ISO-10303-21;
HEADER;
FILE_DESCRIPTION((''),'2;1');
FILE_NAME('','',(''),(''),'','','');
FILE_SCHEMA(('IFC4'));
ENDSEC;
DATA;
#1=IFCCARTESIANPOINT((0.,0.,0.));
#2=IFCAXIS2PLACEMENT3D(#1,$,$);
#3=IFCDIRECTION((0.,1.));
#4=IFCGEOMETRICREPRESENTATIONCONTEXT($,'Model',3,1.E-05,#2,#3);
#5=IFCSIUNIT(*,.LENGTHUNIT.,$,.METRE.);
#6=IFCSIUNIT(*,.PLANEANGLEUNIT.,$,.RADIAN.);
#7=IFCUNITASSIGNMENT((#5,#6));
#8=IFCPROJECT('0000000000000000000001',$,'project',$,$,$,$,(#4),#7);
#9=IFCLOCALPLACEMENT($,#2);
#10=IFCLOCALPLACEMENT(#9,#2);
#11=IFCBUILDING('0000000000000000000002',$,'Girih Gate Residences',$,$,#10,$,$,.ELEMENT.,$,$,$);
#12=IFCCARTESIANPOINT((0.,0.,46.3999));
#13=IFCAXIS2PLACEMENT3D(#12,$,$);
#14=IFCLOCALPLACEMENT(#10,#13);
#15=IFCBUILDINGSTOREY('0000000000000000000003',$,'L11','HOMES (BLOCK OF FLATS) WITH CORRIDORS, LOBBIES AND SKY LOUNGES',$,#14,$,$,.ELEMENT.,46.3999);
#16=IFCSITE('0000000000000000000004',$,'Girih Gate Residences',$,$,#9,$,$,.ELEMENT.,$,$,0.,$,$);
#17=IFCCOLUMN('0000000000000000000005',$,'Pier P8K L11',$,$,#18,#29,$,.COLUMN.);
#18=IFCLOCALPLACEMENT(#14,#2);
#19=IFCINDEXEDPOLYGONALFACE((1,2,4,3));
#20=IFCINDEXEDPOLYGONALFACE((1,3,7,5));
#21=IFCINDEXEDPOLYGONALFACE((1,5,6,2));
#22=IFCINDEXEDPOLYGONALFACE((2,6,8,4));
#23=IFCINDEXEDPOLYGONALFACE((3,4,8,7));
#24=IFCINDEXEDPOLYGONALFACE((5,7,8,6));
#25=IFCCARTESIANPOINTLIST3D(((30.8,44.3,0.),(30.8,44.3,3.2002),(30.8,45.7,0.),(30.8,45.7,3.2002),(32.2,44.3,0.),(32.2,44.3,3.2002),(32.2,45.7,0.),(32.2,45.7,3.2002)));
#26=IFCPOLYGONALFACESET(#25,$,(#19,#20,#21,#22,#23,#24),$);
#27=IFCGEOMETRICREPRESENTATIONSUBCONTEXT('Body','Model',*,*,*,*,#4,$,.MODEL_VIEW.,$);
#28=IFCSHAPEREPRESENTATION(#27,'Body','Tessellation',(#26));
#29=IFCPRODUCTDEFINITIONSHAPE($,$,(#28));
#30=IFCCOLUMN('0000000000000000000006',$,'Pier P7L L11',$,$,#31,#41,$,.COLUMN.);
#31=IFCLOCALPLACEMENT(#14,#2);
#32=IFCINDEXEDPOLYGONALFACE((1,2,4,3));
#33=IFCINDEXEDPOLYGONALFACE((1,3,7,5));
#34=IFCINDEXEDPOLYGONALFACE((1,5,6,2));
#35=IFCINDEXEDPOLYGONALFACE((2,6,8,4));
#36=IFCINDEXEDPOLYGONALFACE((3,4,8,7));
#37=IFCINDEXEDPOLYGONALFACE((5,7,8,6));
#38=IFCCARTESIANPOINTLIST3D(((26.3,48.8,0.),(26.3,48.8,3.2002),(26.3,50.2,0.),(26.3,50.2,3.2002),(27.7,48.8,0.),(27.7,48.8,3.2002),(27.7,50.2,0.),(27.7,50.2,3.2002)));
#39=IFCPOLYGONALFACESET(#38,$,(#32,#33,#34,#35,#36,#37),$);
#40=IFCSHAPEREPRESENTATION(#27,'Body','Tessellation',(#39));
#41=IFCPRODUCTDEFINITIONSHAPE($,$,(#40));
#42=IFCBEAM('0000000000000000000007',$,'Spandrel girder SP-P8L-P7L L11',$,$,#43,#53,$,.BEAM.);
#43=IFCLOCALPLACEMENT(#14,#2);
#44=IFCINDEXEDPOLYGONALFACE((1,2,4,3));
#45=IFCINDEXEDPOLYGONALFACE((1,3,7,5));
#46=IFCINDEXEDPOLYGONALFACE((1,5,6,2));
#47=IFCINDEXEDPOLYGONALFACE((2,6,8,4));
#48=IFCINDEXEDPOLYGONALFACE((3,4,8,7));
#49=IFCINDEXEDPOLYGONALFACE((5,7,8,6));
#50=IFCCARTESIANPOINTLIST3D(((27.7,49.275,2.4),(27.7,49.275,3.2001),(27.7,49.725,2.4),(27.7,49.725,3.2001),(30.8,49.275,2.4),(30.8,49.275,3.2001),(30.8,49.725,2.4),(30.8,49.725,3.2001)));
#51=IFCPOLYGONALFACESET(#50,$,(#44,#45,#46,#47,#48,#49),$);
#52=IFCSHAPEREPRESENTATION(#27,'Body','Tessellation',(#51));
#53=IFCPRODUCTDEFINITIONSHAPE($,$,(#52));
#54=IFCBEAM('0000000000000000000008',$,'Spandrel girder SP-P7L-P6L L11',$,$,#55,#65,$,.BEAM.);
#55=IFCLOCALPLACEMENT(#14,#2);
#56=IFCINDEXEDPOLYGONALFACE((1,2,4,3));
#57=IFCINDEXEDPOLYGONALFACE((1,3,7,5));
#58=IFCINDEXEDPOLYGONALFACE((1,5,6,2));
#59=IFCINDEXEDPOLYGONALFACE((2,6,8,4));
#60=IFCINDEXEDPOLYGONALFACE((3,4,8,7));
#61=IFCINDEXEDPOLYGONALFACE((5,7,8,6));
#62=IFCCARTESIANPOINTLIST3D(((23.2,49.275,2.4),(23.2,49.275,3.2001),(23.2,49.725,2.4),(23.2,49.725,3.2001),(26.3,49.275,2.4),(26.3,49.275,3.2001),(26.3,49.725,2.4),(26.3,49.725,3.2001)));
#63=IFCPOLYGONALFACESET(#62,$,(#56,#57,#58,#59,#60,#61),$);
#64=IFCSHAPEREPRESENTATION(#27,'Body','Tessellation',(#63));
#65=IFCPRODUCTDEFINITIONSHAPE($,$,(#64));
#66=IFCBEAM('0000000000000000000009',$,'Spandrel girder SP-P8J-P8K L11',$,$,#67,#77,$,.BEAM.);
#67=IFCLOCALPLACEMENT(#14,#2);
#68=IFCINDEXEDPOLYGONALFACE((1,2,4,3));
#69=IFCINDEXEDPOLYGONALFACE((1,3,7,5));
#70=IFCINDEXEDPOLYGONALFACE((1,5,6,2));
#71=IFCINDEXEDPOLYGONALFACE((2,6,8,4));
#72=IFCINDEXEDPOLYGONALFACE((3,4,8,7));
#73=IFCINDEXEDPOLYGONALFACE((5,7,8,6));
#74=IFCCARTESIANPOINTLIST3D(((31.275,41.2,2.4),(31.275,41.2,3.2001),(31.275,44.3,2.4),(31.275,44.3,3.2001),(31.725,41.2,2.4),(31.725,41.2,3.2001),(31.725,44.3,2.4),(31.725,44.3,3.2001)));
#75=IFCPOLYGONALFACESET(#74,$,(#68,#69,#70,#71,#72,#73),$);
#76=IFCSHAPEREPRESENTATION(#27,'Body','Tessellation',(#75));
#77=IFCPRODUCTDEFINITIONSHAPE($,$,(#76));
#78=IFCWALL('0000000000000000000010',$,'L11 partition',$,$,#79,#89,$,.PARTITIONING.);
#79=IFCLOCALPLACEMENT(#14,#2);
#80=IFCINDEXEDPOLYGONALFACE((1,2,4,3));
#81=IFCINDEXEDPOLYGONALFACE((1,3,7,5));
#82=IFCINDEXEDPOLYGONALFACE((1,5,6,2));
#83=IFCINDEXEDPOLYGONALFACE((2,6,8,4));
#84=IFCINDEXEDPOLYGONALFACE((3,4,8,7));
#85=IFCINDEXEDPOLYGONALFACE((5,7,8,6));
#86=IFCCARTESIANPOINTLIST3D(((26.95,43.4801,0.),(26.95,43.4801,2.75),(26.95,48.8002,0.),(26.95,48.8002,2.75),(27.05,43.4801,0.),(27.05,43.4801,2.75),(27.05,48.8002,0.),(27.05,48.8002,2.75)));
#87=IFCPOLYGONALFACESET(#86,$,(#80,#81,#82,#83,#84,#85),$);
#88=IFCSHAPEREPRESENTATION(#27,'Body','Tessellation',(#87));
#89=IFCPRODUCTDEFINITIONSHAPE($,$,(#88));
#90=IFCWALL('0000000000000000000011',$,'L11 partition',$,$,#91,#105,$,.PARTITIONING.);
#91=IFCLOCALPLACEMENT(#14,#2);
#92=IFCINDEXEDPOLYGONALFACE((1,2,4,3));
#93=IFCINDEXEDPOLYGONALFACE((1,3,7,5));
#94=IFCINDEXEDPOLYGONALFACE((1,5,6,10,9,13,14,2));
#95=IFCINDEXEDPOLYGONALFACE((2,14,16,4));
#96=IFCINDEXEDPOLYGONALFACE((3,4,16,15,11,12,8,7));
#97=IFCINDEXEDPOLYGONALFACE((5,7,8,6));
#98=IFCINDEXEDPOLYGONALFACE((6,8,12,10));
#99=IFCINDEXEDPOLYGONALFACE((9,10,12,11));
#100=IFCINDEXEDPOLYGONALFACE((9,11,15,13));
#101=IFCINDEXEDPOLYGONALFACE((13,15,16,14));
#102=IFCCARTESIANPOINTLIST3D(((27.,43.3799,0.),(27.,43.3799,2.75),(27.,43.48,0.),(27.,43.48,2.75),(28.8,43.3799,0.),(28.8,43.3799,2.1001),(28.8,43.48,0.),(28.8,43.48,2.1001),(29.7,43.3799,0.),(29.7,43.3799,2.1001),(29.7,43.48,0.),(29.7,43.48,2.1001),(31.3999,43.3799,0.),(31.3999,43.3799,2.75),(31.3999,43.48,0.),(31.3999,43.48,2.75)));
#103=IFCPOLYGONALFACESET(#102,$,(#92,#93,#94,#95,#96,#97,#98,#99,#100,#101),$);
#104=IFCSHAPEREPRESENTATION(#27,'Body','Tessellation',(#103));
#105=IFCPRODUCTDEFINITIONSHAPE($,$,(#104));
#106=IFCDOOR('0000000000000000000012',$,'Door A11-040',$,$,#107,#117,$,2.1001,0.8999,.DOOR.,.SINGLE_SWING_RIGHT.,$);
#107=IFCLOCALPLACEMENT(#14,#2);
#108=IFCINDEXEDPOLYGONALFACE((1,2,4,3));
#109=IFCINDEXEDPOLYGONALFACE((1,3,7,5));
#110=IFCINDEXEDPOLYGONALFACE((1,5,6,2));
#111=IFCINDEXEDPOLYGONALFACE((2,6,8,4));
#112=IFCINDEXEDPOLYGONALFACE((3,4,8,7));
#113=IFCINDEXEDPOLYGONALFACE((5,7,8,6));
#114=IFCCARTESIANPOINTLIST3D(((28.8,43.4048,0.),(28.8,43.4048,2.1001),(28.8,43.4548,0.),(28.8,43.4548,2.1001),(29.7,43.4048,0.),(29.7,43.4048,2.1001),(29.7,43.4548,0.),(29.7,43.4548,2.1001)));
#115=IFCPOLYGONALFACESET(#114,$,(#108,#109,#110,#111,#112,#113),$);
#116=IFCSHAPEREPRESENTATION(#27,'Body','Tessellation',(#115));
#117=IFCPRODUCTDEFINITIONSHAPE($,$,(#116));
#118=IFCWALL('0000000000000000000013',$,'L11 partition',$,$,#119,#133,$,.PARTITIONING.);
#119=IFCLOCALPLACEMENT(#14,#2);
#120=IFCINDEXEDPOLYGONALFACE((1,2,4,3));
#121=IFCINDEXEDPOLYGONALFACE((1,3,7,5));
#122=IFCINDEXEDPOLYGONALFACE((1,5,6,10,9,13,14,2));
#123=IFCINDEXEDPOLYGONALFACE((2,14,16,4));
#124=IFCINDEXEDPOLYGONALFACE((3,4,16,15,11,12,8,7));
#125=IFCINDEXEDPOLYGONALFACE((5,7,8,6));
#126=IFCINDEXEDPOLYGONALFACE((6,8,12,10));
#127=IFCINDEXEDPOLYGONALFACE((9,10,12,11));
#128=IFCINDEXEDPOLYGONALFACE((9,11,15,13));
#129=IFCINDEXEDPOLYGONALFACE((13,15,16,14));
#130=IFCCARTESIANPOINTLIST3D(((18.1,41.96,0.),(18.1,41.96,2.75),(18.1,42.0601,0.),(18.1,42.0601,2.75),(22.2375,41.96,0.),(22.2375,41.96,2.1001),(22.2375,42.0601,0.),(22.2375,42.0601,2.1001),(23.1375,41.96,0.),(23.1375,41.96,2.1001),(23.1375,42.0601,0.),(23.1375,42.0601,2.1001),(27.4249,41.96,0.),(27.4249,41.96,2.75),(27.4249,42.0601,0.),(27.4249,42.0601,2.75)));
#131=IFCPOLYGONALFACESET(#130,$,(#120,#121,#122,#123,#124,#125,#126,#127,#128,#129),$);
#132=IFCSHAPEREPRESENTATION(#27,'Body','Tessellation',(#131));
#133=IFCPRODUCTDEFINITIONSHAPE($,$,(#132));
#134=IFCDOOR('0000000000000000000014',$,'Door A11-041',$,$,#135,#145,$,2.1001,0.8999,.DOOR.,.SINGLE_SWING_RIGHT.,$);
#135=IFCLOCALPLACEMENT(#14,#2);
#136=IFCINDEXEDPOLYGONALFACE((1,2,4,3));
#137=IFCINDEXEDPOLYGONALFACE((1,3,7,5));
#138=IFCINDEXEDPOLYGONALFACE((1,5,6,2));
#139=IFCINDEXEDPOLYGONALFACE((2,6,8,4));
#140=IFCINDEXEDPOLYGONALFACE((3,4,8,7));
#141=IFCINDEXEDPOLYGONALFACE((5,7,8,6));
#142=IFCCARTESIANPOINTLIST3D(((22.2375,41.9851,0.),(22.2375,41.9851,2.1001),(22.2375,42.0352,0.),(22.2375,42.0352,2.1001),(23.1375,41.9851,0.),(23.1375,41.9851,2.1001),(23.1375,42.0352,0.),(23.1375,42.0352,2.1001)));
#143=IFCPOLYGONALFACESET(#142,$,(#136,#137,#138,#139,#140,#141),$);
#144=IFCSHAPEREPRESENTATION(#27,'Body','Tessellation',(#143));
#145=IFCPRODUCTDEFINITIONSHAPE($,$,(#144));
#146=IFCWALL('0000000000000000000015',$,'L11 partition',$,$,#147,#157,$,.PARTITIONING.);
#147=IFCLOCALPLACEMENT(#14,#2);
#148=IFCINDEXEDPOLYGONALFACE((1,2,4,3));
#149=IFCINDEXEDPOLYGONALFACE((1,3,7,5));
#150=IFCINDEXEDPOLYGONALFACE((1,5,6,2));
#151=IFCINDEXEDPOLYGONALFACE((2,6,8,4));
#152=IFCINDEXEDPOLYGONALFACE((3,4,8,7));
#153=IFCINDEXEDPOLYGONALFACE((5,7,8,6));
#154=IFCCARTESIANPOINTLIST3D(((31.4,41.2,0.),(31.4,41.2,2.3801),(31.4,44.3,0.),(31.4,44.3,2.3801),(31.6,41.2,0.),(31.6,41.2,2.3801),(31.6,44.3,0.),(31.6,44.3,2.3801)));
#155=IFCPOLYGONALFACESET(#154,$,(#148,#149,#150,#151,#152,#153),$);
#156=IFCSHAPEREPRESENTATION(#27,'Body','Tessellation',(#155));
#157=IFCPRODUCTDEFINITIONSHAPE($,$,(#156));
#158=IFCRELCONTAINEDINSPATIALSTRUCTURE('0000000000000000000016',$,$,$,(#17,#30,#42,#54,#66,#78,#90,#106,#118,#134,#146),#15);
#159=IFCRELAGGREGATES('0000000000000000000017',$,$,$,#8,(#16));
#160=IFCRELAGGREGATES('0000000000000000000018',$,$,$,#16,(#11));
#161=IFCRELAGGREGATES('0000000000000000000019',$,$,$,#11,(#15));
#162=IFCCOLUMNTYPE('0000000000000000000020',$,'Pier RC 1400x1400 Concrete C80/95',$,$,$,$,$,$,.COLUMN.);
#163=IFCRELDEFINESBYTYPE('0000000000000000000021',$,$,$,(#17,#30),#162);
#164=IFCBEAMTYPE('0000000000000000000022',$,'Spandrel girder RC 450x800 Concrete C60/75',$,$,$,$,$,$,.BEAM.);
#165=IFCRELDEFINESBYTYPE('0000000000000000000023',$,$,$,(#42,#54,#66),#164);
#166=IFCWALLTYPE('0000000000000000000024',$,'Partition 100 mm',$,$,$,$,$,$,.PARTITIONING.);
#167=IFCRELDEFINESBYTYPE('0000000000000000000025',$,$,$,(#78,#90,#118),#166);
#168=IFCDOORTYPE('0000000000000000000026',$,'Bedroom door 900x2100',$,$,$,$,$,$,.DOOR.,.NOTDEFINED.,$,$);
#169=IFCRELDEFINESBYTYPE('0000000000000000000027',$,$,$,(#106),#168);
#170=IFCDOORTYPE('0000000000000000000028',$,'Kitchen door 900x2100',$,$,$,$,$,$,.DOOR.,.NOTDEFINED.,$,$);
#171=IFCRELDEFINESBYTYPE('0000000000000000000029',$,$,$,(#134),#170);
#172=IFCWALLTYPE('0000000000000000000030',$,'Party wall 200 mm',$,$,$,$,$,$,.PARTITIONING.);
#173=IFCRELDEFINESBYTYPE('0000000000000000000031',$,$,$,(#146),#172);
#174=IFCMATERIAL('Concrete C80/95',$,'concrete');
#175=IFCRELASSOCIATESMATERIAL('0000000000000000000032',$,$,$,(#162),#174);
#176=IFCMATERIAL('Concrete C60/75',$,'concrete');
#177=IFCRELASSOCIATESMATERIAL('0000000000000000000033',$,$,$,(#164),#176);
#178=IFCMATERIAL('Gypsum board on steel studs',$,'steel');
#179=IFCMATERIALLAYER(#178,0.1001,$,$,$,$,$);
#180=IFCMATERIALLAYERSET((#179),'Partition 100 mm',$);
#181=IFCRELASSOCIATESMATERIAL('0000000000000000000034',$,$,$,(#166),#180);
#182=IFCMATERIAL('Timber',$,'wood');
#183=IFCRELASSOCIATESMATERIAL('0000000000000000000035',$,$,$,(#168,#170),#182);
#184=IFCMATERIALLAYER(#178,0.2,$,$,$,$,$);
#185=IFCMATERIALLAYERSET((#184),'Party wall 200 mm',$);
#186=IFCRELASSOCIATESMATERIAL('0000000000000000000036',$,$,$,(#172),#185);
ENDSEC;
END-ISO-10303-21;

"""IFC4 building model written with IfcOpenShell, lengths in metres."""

from ifc_helpers import new_model, si_unit, direction, frame, frame_2d, origin, origin_2d, place, context, subcontext, project, spatial, rectangle, extrude, material, layer, layer_set, material_profile, profile_set, type_object, element, fill, save


model = new_model("IFC4")

# Units and contexts
model_context = context("Model", 3, precision=1e-05, world=origin(), true_north=direction((0.0, 1.0)))
body_context = subcontext(model_context, "Body", "Model", "MODEL_VIEW")
ifc_project = project(units=[si_unit("LENGTHUNIT", "METRE"), si_unit("PLANEANGLEUNIT", "RADIAN")], contexts=[model_context])

# Site, building, storey
site_placement = place(None, origin())
site = spatial("IfcSite", under=ifc_project, at=site_placement, Name="Girih Gate Residences", CompositionType="ELEMENT", RefElevation=0.0)
building_placement = place(site_placement, origin())
building = spatial("IfcBuilding", under=site, at=building_placement, Name="Girih Gate Residences", CompositionType="ELEMENT")
storey_placement = place(building_placement, frame((0.0, 0.0, 46.3999)))
storey = spatial("IfcBuildingStorey", under=building, at=storey_placement, Name="L11", Description="HOMES (BLOCK OF FLATS) WITH CORRIDORS, LOBBIES AND SKY LOUNGES", CompositionType="ELEMENT", Elevation=46.3999)

# Columns
ifc_material_1 = material(Name="Concrete C80/95", Category="concrete")
ifc_material_profile_1 = material_profile(ifc_material_1, rectangle(XDim=1.3999, YDim=1.3999, at=origin_2d()))
ifc_profile_set_1 = profile_set([ifc_material_profile_1], Name="Concrete C80/95")
column_type = type_object("IfcColumnType", Name="Pier RC 1400x1400 Concrete C80/95", PredefinedType="COLUMN", material=ifc_profile_set_1)
for number, where, z_axis, x_axis, name in (
    (1, (31.5, 45.0, 0.0), (0.0, 0.0, 1.0), (1.0, 0.0, 0.0), "Pier P8K L11"),
    (2, (27.0, 49.5, 0.0), (0.0, 0.0, 1.0), (1.0, 0.0, 0.0), "Pier P7L L11"),
):
    element("IfcColumn", number, at=place(storey_placement, frame(where, z_axis=z_axis, x_axis=x_axis)), inside=storey, type_object=column_type, Name=name, PredefinedType="COLUMN", context=body_context, shape_type="SweptSolid", body=[
        extrude(rectangle(XDim=1.3999, YDim=1.3999, at=origin_2d()), origin(), (0.0, 0.0, 1.0), 3.2002),
    ])

# Beams
ifc_material_2 = material(Name="Concrete C60/75", Category="concrete")
ifc_material_profile_2 = material_profile(ifc_material_2, rectangle(XDim=0.45, YDim=0.8, at=origin_2d()))
ifc_profile_set_2 = profile_set([ifc_material_profile_2], Name="Concrete C60/75")
beam_type = type_object("IfcBeamType", Name="Spandrel girder RC 450x800 Concrete C60/75", PredefinedType="BEAM", material=ifc_profile_set_2)
for number, where, z_axis, x_axis, name in (
    (3, (30.8, 49.5, 2.8), (-1.0, 0.0, 0.0), (0.0, -1.0, 0.0), "Spandrel girder SP-P8L-P7L L11"),
    (4, (26.3, 49.5, 2.8), (-1.0, 0.0, 0.0), (0.0, -1.0, 0.0), "Spandrel girder SP-P7L-P6L L11"),
    (5, (31.5, 41.2, 2.8), (0.0, 1.0, 0.0), (-1.0, 0.0, 0.0), "Spandrel girder SP-P8J-P8K L11"),
):
    element("IfcBeam", number, at=place(storey_placement, frame(where, z_axis=z_axis, x_axis=x_axis)), inside=storey, type_object=beam_type, Name=name, PredefinedType="BEAM", context=body_context, shape_type="SweptSolid", body=[
        extrude(rectangle(XDim=0.45, YDim=0.8, at=origin_2d()), origin(), (0.0, 0.0, 1.0), 3.1001),
    ])

# Wall
ifc_material_3 = material(Name="Gypsum board on steel studs", Category="steel")
ifc_layer_1 = layer(ifc_material_3, 0.1001)
ifc_layer_set_1 = layer_set([ifc_layer_1], Name="Partition 100 mm")
wall_type_1 = type_object("IfcWallType", Name="Partition 100 mm", PredefinedType="PARTITIONING", material=ifc_layer_set_1)
wall_1_placement = place(storey_placement, frame((27.0, 43.48, 0.0), z_axis=(0.0, 0.0, 1.0), x_axis=(0.0, 1.0, 0.0)))
element("IfcWall", 6, at=wall_1_placement, inside=storey, type_object=wall_type_1, Name="L11 partition", PredefinedType="PARTITIONING", context=body_context, shape_type="SweptSolid", body=[
    extrude(rectangle(XDim=5.3201, YDim=0.1001, at=frame_2d((2.6602, 0.0))), origin(), (0.0, 0.0, 1.0), 2.75),
])

# Walls, openings, doors
wall_2_placement = place(storey_placement, frame((27.0, 43.4299, 0.0), z_axis=(0.0, 0.0, 1.0), x_axis=(1.0, 0.0, 0.0)))
wall_2 = element("IfcWall", 7, at=wall_2_placement, inside=storey, type_object=wall_type_1, Name="L11 partition", PredefinedType="PARTITIONING", context=body_context, shape_type="SweptSolid", body=[
    extrude(rectangle(XDim=4.3999, YDim=0.1001, at=frame_2d((2.2, 0.0))), origin(), (0.0, 0.0, 1.0), 2.75),
])
opening_1_placement = place(wall_2_placement, frame((1.8, 0.0, 0.0)))
opening_1 = element("IfcOpeningElement", 8, at=opening_1_placement, cuts=wall_2, PredefinedType="OPENING", context=body_context, shape_type="SweptSolid", body=[
    extrude(rectangle(XDim=0.8999, YDim=2.1001, at=frame_2d((0.45, 1.05))), frame((0.0, 0.0601, 0.0), z_axis=(0.0, -1.0, 0.0), x_axis=(1.0, 0.0, 0.0)), (0.0, 0.0, 1.0), 0.1201),
])
ifc_material_4 = material(Name="Timber", Category="wood")
door_type_1 = type_object("IfcDoorType", Name="Bedroom door 900x2100", OperationType="NOTDEFINED", PredefinedType="DOOR", material=ifc_material_4)
door_1_placement = place(opening_1_placement, origin())
door_1 = element("IfcDoor", 9, at=door_1_placement, inside=storey, type_object=door_type_1, Name="Door A11-040", OperationType="SINGLE_SWING_RIGHT", OverallHeight=2.1001, OverallWidth=0.8999, PredefinedType="DOOR", context=body_context, shape_type="SweptSolid", body=[
    extrude(rectangle(XDim=0.8999, YDim=2.1001, at=frame_2d((0.45, 1.05))), frame((0.0, 0.0249, 0.0), z_axis=(0.0, -1.0, 0.0), x_axis=(1.0, 0.0, 0.0)), (0.0, 0.0, 1.0), 0.05),
])
fill(opening_1, door_1)
wall_3_placement = place(storey_placement, frame((27.425, 42.01, 0.0), z_axis=(0.0, 0.0, 1.0), x_axis=(-1.0, 0.0, 0.0)))
wall_3 = element("IfcWall", 10, at=wall_3_placement, inside=storey, type_object=wall_type_1, Name="L11 partition", PredefinedType="PARTITIONING", context=body_context, shape_type="SweptSolid", body=[
    extrude(rectangle(XDim=9.325, YDim=0.1001, at=frame_2d((4.6626, 0.0))), origin(), (0.0, 0.0, 1.0), 2.75),
])
opening_2_placement = place(wall_3_placement, frame((4.2876, 0.0, 0.0)))
opening_2 = element("IfcOpeningElement", 11, at=opening_2_placement, cuts=wall_3, PredefinedType="OPENING", context=body_context, shape_type="SweptSolid", body=[
    extrude(rectangle(XDim=0.8999, YDim=2.1001, at=frame_2d((0.45, 1.05))), frame((0.0, 0.0601, 0.0), z_axis=(0.0, -1.0, 0.0), x_axis=(1.0, 0.0, 0.0)), (0.0, 0.0, 1.0), 0.1201),
])
door_type_2 = type_object("IfcDoorType", Name="Kitchen door 900x2100", OperationType="NOTDEFINED", PredefinedType="DOOR", material=ifc_material_4)
door_2_placement = place(opening_2_placement, origin())
door_2 = element("IfcDoor", 12, at=door_2_placement, inside=storey, type_object=door_type_2, Name="Door A11-041", OperationType="SINGLE_SWING_RIGHT", OverallHeight=2.1001, OverallWidth=0.8999, PredefinedType="DOOR", context=body_context, shape_type="SweptSolid", body=[
    extrude(rectangle(XDim=0.8999, YDim=2.1001, at=frame_2d((0.45, 1.05))), frame((0.0, 0.0249, 0.0), z_axis=(0.0, -1.0, 0.0), x_axis=(1.0, 0.0, 0.0)), (0.0, 0.0, 1.0), 0.05),
])
fill(opening_2, door_2)

# Wall
ifc_layer_2 = layer(ifc_material_3, 0.2)
ifc_layer_set_2 = layer_set([ifc_layer_2], Name="Party wall 200 mm")
wall_type_2 = type_object("IfcWallType", Name="Party wall 200 mm", PredefinedType="PARTITIONING", material=ifc_layer_set_2)
wall_4_placement = place(storey_placement, frame((31.5, 41.2, 0.0), z_axis=(0.0, 0.0, 1.0), x_axis=(0.0, 1.0, 0.0)))
element("IfcWall", 13, at=wall_4_placement, inside=storey, type_object=wall_type_2, Name="L11 partition", PredefinedType="PARTITIONING", context=body_context, shape_type="SweptSolid", body=[
    extrude(rectangle(XDim=3.1001, YDim=0.2, at=frame_2d((1.55, 0.0))), origin(), (0.0, 0.0, 1.0), 2.3801),
])

save(model, "model.ifc")
